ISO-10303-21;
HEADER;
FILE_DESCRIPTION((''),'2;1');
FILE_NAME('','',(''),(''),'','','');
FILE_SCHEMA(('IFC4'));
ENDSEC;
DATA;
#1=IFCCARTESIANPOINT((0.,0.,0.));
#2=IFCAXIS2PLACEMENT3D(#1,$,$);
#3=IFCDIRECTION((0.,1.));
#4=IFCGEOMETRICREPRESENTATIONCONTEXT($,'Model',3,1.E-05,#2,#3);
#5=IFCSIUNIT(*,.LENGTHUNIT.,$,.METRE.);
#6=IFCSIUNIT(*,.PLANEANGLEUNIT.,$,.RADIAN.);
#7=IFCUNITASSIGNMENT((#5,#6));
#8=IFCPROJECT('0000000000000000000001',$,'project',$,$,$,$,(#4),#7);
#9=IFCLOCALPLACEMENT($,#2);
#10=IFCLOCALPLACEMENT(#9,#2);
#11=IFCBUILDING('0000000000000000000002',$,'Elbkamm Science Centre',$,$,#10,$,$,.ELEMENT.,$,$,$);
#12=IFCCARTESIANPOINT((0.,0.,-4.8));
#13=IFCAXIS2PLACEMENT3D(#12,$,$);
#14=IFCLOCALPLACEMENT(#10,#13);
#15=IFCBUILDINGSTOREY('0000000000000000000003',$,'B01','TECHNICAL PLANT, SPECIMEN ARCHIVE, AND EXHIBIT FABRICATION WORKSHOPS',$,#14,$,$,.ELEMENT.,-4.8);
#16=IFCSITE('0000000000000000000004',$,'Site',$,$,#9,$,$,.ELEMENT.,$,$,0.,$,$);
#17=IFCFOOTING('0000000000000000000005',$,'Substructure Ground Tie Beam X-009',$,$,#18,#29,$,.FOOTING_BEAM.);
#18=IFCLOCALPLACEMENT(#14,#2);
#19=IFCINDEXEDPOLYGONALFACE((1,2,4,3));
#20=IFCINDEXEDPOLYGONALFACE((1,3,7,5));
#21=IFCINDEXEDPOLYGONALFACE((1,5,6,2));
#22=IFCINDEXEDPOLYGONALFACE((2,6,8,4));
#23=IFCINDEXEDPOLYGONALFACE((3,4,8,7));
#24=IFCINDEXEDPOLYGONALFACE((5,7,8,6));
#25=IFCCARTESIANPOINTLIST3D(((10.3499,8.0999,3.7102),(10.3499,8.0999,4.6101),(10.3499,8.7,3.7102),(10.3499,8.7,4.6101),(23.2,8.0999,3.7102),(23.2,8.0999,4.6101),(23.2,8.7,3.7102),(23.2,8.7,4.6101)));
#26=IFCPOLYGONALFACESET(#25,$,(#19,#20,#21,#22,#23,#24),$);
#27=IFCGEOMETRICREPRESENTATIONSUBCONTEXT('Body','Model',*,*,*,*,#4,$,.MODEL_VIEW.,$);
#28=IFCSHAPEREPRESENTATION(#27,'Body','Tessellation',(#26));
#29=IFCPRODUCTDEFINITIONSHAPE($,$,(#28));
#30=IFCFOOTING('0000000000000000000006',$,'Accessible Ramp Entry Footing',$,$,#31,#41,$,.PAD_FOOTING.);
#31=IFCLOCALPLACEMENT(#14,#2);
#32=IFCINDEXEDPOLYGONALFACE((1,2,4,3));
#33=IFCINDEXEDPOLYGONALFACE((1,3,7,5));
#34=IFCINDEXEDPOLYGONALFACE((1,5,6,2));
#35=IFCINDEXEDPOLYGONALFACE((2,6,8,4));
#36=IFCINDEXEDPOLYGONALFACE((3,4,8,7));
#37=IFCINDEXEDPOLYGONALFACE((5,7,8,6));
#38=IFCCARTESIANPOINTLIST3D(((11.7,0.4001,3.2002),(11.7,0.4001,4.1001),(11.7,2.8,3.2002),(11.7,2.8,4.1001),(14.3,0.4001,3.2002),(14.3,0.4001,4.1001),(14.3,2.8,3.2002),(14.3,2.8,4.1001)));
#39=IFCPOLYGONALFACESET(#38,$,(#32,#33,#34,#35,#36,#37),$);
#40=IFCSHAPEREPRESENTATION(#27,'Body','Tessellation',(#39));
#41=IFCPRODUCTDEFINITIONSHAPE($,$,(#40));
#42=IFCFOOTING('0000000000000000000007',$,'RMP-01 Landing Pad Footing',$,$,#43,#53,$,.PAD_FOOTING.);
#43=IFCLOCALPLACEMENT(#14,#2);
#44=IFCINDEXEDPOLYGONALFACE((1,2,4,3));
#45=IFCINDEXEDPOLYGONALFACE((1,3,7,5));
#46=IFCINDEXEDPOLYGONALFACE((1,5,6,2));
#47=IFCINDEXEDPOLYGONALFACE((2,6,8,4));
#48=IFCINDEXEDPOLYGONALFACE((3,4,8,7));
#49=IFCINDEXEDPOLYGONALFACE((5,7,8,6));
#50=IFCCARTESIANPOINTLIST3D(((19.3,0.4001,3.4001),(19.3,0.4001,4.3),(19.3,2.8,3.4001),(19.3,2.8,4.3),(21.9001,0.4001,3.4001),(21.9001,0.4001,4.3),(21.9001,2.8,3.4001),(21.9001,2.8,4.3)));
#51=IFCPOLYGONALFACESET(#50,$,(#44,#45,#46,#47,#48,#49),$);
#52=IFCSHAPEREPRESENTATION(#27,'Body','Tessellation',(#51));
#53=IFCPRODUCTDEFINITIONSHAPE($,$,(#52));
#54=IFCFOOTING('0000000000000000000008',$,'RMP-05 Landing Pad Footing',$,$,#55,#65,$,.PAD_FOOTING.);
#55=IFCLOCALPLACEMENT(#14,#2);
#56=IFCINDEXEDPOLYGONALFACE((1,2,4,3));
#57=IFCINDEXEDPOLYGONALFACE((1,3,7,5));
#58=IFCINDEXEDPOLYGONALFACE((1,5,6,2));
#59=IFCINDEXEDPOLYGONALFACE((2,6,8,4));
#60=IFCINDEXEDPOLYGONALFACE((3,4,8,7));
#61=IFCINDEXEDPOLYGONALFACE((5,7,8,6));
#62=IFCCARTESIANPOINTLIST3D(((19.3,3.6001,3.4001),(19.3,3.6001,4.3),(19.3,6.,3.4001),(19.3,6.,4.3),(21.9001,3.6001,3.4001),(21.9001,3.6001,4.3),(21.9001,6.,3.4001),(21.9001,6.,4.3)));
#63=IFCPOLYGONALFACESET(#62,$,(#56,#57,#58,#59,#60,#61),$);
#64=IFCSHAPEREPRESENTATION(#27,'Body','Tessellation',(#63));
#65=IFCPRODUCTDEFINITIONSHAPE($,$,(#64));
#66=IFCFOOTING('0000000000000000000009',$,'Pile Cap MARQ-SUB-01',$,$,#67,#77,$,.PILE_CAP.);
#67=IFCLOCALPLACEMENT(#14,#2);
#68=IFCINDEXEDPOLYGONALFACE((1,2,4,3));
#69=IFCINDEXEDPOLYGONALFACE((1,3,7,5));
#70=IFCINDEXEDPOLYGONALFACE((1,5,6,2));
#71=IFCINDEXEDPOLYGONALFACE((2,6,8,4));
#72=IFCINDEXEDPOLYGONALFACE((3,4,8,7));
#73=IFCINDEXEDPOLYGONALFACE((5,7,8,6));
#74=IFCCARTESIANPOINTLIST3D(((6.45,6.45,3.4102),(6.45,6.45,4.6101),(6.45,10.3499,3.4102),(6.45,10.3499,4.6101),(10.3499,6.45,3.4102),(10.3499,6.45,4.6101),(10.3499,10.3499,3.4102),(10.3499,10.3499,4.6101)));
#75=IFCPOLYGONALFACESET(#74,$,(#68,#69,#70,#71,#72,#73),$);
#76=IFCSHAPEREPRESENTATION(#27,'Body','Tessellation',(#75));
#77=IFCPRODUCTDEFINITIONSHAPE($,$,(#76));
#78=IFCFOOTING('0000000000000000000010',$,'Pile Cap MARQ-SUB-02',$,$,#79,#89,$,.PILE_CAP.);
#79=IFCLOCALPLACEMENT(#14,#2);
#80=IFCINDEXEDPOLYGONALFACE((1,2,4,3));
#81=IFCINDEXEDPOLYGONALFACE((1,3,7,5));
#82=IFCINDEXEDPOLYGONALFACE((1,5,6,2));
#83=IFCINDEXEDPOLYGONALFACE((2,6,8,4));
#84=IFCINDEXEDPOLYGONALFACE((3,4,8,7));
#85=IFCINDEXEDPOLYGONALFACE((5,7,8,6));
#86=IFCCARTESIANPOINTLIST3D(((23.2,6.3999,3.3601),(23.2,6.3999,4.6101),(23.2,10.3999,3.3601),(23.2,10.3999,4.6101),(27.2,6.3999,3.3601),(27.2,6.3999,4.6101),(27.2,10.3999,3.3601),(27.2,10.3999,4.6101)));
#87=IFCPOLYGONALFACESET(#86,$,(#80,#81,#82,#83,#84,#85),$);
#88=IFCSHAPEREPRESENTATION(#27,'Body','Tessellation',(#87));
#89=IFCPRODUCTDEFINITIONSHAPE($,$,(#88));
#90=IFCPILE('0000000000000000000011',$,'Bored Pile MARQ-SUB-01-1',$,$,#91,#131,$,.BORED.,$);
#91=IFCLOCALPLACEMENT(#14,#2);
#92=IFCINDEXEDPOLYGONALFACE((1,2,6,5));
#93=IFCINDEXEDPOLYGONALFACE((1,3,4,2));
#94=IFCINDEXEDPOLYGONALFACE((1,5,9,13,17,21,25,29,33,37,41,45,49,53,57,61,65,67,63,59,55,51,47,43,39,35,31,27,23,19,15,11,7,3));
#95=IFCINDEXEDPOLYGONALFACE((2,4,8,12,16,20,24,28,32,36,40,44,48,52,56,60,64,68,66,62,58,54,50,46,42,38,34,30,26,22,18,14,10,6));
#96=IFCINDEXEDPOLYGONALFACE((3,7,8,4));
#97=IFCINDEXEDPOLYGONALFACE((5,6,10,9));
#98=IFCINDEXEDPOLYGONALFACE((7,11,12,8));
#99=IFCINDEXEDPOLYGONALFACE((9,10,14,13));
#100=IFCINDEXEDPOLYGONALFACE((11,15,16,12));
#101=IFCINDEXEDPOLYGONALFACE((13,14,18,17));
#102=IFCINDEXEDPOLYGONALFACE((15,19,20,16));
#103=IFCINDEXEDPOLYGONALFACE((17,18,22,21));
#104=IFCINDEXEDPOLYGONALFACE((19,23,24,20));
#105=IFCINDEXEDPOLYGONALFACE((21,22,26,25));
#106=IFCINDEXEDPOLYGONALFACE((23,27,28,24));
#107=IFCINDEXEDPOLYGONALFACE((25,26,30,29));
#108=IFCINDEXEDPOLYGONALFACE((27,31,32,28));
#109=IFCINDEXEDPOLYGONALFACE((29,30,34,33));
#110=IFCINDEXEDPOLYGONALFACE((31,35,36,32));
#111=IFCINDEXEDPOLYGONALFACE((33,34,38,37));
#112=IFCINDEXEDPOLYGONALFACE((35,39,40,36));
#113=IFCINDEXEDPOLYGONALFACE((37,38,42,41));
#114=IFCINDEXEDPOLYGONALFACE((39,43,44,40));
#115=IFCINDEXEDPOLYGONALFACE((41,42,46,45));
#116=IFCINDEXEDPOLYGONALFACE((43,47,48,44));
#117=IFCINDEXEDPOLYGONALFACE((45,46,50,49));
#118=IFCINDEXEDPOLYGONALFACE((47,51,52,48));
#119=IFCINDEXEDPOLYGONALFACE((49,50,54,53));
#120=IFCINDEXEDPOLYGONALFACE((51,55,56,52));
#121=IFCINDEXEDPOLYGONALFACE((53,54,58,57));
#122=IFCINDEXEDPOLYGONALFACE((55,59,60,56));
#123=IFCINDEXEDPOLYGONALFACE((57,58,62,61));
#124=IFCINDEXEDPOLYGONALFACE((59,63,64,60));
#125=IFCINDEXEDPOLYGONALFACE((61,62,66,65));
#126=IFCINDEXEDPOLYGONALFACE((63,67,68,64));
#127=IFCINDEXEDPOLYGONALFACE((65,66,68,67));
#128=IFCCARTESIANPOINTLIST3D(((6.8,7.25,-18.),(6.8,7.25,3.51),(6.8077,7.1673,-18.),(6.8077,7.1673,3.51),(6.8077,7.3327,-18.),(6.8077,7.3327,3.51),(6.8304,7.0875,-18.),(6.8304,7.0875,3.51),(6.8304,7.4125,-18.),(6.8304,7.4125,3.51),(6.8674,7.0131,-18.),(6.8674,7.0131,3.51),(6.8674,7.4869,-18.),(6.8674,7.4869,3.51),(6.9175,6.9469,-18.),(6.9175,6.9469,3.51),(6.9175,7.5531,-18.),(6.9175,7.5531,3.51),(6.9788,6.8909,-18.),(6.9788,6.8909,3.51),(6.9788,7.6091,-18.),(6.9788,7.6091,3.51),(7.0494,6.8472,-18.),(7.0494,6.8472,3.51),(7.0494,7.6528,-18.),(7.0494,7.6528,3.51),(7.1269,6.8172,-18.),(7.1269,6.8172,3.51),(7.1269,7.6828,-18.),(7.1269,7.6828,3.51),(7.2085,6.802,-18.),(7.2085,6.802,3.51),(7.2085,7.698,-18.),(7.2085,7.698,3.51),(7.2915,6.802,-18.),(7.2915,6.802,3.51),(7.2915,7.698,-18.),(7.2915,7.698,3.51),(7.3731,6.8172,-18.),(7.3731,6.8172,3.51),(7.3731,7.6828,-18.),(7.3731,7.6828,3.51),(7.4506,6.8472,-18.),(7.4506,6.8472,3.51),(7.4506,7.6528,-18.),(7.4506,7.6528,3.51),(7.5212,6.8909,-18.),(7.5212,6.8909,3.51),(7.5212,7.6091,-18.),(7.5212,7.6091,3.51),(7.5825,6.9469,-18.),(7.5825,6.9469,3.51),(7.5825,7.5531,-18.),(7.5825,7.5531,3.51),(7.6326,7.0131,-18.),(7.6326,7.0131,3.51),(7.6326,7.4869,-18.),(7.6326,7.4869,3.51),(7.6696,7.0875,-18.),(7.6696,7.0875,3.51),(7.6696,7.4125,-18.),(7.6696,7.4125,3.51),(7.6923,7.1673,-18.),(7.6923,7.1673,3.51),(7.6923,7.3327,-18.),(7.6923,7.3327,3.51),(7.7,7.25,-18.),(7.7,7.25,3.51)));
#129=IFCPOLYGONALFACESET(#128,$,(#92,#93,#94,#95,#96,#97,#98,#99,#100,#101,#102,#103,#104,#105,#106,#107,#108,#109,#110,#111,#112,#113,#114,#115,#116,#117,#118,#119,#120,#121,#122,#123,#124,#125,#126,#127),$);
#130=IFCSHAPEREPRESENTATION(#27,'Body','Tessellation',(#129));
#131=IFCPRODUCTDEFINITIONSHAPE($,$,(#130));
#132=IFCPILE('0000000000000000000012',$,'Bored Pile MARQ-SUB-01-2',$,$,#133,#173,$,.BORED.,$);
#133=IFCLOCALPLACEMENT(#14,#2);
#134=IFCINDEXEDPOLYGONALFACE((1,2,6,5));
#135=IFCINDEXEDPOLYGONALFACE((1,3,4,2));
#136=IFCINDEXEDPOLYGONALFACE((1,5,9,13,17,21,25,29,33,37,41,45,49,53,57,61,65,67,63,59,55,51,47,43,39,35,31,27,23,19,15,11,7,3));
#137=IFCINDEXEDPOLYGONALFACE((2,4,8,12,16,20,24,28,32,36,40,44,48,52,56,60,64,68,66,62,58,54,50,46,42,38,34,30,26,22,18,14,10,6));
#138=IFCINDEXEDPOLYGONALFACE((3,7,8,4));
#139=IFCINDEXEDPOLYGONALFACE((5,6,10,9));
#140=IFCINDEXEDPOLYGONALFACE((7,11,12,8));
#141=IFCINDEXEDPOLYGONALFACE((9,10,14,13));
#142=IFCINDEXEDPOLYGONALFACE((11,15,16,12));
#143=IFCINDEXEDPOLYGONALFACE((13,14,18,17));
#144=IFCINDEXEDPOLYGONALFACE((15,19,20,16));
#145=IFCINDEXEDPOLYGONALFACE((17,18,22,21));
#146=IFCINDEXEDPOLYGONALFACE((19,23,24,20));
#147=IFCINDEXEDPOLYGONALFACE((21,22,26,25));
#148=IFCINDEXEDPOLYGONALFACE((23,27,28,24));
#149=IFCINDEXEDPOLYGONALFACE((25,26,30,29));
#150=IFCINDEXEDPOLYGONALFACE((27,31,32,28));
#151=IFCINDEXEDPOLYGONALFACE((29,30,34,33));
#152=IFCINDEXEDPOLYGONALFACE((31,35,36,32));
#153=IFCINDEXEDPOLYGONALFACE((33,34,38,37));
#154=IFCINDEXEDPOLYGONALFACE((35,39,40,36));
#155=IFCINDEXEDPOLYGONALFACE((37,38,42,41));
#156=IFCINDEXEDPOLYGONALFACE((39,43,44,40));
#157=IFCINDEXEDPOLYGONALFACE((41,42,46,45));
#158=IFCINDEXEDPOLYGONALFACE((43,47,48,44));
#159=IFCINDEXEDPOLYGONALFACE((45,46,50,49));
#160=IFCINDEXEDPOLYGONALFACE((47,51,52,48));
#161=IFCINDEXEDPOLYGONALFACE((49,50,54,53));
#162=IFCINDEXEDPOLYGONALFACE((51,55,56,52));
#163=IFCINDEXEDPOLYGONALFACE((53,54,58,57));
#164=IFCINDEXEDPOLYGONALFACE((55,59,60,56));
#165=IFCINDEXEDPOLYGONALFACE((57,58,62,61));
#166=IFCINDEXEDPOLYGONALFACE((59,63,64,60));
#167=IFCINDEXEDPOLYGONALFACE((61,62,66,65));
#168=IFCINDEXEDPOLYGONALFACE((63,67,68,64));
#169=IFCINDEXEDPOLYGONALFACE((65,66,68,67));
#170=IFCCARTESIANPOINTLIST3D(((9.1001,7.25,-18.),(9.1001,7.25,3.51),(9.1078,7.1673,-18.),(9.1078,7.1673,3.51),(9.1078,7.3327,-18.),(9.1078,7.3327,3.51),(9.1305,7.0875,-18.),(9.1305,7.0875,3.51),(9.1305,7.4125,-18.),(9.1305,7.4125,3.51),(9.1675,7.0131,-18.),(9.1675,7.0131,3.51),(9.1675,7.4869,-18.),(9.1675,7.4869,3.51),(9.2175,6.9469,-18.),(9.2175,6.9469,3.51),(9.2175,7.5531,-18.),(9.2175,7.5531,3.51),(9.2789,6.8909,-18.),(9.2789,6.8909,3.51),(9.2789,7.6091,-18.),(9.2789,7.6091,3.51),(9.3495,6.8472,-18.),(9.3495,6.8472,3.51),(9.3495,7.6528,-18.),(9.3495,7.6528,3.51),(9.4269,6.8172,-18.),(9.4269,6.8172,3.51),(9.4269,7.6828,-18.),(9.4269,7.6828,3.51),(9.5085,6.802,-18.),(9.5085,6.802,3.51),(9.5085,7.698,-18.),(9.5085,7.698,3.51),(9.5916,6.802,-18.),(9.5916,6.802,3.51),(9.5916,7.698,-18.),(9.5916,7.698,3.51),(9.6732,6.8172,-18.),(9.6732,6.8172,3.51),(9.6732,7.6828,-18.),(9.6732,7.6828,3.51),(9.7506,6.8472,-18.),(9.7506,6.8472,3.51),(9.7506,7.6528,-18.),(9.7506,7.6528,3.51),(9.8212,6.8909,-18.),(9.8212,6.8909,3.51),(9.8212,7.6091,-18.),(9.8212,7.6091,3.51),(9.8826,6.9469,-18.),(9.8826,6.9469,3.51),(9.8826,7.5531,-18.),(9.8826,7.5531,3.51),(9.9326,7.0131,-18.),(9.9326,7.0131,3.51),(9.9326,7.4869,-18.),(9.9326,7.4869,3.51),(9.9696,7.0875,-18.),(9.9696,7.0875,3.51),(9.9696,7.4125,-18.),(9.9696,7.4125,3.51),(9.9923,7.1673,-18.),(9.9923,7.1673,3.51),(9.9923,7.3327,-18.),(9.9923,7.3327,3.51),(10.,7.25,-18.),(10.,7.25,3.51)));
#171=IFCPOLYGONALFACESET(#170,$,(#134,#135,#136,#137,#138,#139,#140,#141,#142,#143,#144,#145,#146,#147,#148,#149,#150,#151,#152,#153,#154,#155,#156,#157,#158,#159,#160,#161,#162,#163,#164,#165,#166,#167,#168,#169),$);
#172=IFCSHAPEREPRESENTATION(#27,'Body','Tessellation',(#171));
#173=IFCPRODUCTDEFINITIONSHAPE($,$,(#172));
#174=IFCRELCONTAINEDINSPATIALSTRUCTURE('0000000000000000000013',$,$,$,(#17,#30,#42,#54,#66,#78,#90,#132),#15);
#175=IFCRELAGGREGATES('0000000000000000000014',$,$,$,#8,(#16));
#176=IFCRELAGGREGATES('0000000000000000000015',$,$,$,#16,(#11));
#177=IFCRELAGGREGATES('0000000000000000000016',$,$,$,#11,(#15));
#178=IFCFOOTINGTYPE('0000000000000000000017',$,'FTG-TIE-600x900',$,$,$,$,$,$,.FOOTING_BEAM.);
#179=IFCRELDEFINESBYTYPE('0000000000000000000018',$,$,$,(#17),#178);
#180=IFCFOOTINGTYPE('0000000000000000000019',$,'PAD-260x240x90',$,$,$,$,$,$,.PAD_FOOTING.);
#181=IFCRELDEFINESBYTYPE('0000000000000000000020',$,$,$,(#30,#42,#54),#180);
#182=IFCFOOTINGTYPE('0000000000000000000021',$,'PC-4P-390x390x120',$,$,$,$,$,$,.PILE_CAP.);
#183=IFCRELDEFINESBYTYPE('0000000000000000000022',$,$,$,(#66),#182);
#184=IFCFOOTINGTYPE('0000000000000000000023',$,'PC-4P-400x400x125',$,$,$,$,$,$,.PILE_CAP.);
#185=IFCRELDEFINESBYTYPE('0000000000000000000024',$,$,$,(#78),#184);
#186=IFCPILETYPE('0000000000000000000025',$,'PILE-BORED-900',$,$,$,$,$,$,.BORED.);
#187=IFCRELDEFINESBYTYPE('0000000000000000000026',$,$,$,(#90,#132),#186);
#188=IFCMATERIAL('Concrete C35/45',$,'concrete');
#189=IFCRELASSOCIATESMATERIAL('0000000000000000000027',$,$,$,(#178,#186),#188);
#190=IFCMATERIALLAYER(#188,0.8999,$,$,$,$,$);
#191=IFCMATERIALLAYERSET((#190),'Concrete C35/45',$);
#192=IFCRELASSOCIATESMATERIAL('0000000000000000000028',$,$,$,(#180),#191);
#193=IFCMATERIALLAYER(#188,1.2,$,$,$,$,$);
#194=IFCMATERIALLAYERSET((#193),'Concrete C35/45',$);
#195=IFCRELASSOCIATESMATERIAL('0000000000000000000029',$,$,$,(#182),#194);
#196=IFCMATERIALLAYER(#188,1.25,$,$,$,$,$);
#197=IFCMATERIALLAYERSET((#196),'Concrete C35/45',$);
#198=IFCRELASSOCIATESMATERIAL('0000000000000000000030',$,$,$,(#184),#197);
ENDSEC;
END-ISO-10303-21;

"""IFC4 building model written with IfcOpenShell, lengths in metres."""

from ifc_helpers import new_model, si_unit, direction, frame, origin, origin_2d, place, context, subcontext, project, spatial, rectangle, circle, extrude, material, layer, layer_set, material_profile, profile_set, type_object, element, save


model = new_model("IFC4")

# Units and contexts
model_context = context("Model", 3, precision=1e-05, world=origin(), true_north=direction((0.0, 1.0)))
body_context = subcontext(model_context, "Body", "Model", "MODEL_VIEW")
ifc_project = project(units=[si_unit("LENGTHUNIT", "METRE"), si_unit("PLANEANGLEUNIT", "RADIAN")], contexts=[model_context])

# Site, building, storey
site_placement = place(None, origin())
site = spatial("IfcSite", under=ifc_project, at=site_placement, Name="Site", CompositionType="ELEMENT", RefElevation=0.0)
building_placement = place(site_placement, origin())
building = spatial("IfcBuilding", under=site, at=building_placement, Name="Elbkamm Science Centre", CompositionType="ELEMENT")
storey_placement = place(building_placement, frame((0.0, 0.0, -4.8)))
storey = spatial("IfcBuildingStorey", under=building, at=storey_placement, Name="B01", Description="TECHNICAL PLANT, SPECIMEN ARCHIVE, AND EXHIBIT FABRICATION WORKSHOPS", CompositionType="ELEMENT", Elevation=-4.8)

# Footings
ifc_material_1 = material(Name="Concrete C35/45", Category="concrete")
footing_type_1 = type_object("IfcFootingType", Name="FTG-TIE-600x900", PredefinedType="FOOTING_BEAM", material=ifc_material_1)
footing_1_placement = place(storey_placement, frame((16.7749, 8.3999, 3.7102), z_axis=(0.0, 0.0, 1.0), x_axis=(1.0, 0.0, 0.0)))
element("IfcFooting", 1, at=footing_1_placement, inside=storey, type_object=footing_type_1, Name="Substructure Ground Tie Beam X-009", PredefinedType="FOOTING_BEAM", context=body_context, shape_type="SweptSolid", body=[
    extrude(rectangle(XDim=12.8501, YDim=0.6001, at=origin_2d()), origin(), (0.0, 0.0, 1.0), 0.8999),
])
ifc_layer_1 = layer(ifc_material_1, 0.8999)
ifc_layer_set_1 = layer_set([ifc_layer_1], Name="Concrete C35/45")
footing_type_2 = type_object("IfcFootingType", Name="PAD-260x240x90", PredefinedType="PAD_FOOTING", material=ifc_layer_set_1)
for number, where, z_axis, x_axis, name in (
    (2, (13.0, 1.6001, 3.2002), (0.0, 0.0, 1.0), (1.0, 0.0, 0.0), "Accessible Ramp Entry Footing"),
    (3, (20.6001, 1.6001, 3.4001), (0.0, 0.0, 1.0), (1.0, 0.0, 0.0), "RMP-01 Landing Pad Footing"),
    (4, (20.6001, 4.8, 3.4001), (0.0, 0.0, 1.0), (1.0, 0.0, 0.0), "RMP-05 Landing Pad Footing"),
):
    element("IfcFooting", number, at=place(storey_placement, frame(where, z_axis=z_axis, x_axis=x_axis)), inside=storey, type_object=footing_type_2, Name=name, PredefinedType="PAD_FOOTING", context=body_context, shape_type="SweptSolid", body=[
        extrude(rectangle(XDim=2.6001, YDim=2.3999, at=origin_2d()), origin(), (0.0, 0.0, 1.0), 0.8999),
    ])
ifc_layer_2 = layer(ifc_material_1, 1.2)
ifc_layer_set_2 = layer_set([ifc_layer_2], Name="Concrete C35/45")
footing_type_3 = type_object("IfcFootingType", Name="PC-4P-390x390x120", PredefinedType="PILE_CAP", material=ifc_layer_set_2)
footing_2_placement = place(storey_placement, frame((8.3999, 8.3999, 3.4102), z_axis=(0.0, 0.0, 1.0), x_axis=(1.0, 0.0, 0.0)))
element("IfcFooting", 5, at=footing_2_placement, inside=storey, type_object=footing_type_3, Name="Pile Cap MARQ-SUB-01", PredefinedType="PILE_CAP", context=body_context, shape_type="SweptSolid", body=[
    extrude(rectangle(XDim=3.8999, YDim=3.8999, at=origin_2d()), origin(), (0.0, 0.0, 1.0), 1.2),
])
ifc_layer_3 = layer(ifc_material_1, 1.25)
ifc_layer_set_3 = layer_set([ifc_layer_3], Name="Concrete C35/45")
footing_type_4 = type_object("IfcFootingType", Name="PC-4P-400x400x125", PredefinedType="PILE_CAP", material=ifc_layer_set_3)
footing_3_placement = place(storey_placement, frame((25.2, 8.3999, 3.3601), z_axis=(0.0, 0.0, 1.0), x_axis=(1.0, 0.0, 0.0)))
element("IfcFooting", 6, at=footing_3_placement, inside=storey, type_object=footing_type_4, Name="Pile Cap MARQ-SUB-02", PredefinedType="PILE_CAP", context=body_context, shape_type="SweptSolid", body=[
    extrude(rectangle(XDim=4.0, YDim=4.0, at=origin_2d()), origin(), (0.0, 0.0, 1.0), 1.25),
])

# Piles
ifc_material_profile = material_profile(ifc_material_1, circle(Radius=0.45, at=origin_2d()), Name="PILE D900")
ifc_profile_set = profile_set([ifc_material_profile], Name="Concrete C35/45")
pile_type = type_object("IfcPileType", Name="PILE-BORED-900", PredefinedType="BORED", material=ifc_profile_set)
for number, where, z_axis, x_axis, name in (
    (7, (7.25, 7.25, 3.51), (0.0, 0.0, -1.0), (1.0, 0.0, 0.0), "Bored Pile MARQ-SUB-01-1"),
    (8, (9.55, 7.25, 3.51), (0.0, 0.0, -1.0), (1.0, 0.0, 0.0), "Bored Pile MARQ-SUB-01-2"),
):
    element("IfcPile", number, at=place(storey_placement, frame(where, z_axis=z_axis, x_axis=x_axis)), inside=storey, type_object=pile_type, Name=name, PredefinedType="BORED", context=body_context, shape_type="SweptSolid", body=[
        extrude(circle(Radius=0.45, at=origin_2d()), origin(), (0.0, 0.0, 1.0), 21.51),
    ])

save(model, "model.ifc")
